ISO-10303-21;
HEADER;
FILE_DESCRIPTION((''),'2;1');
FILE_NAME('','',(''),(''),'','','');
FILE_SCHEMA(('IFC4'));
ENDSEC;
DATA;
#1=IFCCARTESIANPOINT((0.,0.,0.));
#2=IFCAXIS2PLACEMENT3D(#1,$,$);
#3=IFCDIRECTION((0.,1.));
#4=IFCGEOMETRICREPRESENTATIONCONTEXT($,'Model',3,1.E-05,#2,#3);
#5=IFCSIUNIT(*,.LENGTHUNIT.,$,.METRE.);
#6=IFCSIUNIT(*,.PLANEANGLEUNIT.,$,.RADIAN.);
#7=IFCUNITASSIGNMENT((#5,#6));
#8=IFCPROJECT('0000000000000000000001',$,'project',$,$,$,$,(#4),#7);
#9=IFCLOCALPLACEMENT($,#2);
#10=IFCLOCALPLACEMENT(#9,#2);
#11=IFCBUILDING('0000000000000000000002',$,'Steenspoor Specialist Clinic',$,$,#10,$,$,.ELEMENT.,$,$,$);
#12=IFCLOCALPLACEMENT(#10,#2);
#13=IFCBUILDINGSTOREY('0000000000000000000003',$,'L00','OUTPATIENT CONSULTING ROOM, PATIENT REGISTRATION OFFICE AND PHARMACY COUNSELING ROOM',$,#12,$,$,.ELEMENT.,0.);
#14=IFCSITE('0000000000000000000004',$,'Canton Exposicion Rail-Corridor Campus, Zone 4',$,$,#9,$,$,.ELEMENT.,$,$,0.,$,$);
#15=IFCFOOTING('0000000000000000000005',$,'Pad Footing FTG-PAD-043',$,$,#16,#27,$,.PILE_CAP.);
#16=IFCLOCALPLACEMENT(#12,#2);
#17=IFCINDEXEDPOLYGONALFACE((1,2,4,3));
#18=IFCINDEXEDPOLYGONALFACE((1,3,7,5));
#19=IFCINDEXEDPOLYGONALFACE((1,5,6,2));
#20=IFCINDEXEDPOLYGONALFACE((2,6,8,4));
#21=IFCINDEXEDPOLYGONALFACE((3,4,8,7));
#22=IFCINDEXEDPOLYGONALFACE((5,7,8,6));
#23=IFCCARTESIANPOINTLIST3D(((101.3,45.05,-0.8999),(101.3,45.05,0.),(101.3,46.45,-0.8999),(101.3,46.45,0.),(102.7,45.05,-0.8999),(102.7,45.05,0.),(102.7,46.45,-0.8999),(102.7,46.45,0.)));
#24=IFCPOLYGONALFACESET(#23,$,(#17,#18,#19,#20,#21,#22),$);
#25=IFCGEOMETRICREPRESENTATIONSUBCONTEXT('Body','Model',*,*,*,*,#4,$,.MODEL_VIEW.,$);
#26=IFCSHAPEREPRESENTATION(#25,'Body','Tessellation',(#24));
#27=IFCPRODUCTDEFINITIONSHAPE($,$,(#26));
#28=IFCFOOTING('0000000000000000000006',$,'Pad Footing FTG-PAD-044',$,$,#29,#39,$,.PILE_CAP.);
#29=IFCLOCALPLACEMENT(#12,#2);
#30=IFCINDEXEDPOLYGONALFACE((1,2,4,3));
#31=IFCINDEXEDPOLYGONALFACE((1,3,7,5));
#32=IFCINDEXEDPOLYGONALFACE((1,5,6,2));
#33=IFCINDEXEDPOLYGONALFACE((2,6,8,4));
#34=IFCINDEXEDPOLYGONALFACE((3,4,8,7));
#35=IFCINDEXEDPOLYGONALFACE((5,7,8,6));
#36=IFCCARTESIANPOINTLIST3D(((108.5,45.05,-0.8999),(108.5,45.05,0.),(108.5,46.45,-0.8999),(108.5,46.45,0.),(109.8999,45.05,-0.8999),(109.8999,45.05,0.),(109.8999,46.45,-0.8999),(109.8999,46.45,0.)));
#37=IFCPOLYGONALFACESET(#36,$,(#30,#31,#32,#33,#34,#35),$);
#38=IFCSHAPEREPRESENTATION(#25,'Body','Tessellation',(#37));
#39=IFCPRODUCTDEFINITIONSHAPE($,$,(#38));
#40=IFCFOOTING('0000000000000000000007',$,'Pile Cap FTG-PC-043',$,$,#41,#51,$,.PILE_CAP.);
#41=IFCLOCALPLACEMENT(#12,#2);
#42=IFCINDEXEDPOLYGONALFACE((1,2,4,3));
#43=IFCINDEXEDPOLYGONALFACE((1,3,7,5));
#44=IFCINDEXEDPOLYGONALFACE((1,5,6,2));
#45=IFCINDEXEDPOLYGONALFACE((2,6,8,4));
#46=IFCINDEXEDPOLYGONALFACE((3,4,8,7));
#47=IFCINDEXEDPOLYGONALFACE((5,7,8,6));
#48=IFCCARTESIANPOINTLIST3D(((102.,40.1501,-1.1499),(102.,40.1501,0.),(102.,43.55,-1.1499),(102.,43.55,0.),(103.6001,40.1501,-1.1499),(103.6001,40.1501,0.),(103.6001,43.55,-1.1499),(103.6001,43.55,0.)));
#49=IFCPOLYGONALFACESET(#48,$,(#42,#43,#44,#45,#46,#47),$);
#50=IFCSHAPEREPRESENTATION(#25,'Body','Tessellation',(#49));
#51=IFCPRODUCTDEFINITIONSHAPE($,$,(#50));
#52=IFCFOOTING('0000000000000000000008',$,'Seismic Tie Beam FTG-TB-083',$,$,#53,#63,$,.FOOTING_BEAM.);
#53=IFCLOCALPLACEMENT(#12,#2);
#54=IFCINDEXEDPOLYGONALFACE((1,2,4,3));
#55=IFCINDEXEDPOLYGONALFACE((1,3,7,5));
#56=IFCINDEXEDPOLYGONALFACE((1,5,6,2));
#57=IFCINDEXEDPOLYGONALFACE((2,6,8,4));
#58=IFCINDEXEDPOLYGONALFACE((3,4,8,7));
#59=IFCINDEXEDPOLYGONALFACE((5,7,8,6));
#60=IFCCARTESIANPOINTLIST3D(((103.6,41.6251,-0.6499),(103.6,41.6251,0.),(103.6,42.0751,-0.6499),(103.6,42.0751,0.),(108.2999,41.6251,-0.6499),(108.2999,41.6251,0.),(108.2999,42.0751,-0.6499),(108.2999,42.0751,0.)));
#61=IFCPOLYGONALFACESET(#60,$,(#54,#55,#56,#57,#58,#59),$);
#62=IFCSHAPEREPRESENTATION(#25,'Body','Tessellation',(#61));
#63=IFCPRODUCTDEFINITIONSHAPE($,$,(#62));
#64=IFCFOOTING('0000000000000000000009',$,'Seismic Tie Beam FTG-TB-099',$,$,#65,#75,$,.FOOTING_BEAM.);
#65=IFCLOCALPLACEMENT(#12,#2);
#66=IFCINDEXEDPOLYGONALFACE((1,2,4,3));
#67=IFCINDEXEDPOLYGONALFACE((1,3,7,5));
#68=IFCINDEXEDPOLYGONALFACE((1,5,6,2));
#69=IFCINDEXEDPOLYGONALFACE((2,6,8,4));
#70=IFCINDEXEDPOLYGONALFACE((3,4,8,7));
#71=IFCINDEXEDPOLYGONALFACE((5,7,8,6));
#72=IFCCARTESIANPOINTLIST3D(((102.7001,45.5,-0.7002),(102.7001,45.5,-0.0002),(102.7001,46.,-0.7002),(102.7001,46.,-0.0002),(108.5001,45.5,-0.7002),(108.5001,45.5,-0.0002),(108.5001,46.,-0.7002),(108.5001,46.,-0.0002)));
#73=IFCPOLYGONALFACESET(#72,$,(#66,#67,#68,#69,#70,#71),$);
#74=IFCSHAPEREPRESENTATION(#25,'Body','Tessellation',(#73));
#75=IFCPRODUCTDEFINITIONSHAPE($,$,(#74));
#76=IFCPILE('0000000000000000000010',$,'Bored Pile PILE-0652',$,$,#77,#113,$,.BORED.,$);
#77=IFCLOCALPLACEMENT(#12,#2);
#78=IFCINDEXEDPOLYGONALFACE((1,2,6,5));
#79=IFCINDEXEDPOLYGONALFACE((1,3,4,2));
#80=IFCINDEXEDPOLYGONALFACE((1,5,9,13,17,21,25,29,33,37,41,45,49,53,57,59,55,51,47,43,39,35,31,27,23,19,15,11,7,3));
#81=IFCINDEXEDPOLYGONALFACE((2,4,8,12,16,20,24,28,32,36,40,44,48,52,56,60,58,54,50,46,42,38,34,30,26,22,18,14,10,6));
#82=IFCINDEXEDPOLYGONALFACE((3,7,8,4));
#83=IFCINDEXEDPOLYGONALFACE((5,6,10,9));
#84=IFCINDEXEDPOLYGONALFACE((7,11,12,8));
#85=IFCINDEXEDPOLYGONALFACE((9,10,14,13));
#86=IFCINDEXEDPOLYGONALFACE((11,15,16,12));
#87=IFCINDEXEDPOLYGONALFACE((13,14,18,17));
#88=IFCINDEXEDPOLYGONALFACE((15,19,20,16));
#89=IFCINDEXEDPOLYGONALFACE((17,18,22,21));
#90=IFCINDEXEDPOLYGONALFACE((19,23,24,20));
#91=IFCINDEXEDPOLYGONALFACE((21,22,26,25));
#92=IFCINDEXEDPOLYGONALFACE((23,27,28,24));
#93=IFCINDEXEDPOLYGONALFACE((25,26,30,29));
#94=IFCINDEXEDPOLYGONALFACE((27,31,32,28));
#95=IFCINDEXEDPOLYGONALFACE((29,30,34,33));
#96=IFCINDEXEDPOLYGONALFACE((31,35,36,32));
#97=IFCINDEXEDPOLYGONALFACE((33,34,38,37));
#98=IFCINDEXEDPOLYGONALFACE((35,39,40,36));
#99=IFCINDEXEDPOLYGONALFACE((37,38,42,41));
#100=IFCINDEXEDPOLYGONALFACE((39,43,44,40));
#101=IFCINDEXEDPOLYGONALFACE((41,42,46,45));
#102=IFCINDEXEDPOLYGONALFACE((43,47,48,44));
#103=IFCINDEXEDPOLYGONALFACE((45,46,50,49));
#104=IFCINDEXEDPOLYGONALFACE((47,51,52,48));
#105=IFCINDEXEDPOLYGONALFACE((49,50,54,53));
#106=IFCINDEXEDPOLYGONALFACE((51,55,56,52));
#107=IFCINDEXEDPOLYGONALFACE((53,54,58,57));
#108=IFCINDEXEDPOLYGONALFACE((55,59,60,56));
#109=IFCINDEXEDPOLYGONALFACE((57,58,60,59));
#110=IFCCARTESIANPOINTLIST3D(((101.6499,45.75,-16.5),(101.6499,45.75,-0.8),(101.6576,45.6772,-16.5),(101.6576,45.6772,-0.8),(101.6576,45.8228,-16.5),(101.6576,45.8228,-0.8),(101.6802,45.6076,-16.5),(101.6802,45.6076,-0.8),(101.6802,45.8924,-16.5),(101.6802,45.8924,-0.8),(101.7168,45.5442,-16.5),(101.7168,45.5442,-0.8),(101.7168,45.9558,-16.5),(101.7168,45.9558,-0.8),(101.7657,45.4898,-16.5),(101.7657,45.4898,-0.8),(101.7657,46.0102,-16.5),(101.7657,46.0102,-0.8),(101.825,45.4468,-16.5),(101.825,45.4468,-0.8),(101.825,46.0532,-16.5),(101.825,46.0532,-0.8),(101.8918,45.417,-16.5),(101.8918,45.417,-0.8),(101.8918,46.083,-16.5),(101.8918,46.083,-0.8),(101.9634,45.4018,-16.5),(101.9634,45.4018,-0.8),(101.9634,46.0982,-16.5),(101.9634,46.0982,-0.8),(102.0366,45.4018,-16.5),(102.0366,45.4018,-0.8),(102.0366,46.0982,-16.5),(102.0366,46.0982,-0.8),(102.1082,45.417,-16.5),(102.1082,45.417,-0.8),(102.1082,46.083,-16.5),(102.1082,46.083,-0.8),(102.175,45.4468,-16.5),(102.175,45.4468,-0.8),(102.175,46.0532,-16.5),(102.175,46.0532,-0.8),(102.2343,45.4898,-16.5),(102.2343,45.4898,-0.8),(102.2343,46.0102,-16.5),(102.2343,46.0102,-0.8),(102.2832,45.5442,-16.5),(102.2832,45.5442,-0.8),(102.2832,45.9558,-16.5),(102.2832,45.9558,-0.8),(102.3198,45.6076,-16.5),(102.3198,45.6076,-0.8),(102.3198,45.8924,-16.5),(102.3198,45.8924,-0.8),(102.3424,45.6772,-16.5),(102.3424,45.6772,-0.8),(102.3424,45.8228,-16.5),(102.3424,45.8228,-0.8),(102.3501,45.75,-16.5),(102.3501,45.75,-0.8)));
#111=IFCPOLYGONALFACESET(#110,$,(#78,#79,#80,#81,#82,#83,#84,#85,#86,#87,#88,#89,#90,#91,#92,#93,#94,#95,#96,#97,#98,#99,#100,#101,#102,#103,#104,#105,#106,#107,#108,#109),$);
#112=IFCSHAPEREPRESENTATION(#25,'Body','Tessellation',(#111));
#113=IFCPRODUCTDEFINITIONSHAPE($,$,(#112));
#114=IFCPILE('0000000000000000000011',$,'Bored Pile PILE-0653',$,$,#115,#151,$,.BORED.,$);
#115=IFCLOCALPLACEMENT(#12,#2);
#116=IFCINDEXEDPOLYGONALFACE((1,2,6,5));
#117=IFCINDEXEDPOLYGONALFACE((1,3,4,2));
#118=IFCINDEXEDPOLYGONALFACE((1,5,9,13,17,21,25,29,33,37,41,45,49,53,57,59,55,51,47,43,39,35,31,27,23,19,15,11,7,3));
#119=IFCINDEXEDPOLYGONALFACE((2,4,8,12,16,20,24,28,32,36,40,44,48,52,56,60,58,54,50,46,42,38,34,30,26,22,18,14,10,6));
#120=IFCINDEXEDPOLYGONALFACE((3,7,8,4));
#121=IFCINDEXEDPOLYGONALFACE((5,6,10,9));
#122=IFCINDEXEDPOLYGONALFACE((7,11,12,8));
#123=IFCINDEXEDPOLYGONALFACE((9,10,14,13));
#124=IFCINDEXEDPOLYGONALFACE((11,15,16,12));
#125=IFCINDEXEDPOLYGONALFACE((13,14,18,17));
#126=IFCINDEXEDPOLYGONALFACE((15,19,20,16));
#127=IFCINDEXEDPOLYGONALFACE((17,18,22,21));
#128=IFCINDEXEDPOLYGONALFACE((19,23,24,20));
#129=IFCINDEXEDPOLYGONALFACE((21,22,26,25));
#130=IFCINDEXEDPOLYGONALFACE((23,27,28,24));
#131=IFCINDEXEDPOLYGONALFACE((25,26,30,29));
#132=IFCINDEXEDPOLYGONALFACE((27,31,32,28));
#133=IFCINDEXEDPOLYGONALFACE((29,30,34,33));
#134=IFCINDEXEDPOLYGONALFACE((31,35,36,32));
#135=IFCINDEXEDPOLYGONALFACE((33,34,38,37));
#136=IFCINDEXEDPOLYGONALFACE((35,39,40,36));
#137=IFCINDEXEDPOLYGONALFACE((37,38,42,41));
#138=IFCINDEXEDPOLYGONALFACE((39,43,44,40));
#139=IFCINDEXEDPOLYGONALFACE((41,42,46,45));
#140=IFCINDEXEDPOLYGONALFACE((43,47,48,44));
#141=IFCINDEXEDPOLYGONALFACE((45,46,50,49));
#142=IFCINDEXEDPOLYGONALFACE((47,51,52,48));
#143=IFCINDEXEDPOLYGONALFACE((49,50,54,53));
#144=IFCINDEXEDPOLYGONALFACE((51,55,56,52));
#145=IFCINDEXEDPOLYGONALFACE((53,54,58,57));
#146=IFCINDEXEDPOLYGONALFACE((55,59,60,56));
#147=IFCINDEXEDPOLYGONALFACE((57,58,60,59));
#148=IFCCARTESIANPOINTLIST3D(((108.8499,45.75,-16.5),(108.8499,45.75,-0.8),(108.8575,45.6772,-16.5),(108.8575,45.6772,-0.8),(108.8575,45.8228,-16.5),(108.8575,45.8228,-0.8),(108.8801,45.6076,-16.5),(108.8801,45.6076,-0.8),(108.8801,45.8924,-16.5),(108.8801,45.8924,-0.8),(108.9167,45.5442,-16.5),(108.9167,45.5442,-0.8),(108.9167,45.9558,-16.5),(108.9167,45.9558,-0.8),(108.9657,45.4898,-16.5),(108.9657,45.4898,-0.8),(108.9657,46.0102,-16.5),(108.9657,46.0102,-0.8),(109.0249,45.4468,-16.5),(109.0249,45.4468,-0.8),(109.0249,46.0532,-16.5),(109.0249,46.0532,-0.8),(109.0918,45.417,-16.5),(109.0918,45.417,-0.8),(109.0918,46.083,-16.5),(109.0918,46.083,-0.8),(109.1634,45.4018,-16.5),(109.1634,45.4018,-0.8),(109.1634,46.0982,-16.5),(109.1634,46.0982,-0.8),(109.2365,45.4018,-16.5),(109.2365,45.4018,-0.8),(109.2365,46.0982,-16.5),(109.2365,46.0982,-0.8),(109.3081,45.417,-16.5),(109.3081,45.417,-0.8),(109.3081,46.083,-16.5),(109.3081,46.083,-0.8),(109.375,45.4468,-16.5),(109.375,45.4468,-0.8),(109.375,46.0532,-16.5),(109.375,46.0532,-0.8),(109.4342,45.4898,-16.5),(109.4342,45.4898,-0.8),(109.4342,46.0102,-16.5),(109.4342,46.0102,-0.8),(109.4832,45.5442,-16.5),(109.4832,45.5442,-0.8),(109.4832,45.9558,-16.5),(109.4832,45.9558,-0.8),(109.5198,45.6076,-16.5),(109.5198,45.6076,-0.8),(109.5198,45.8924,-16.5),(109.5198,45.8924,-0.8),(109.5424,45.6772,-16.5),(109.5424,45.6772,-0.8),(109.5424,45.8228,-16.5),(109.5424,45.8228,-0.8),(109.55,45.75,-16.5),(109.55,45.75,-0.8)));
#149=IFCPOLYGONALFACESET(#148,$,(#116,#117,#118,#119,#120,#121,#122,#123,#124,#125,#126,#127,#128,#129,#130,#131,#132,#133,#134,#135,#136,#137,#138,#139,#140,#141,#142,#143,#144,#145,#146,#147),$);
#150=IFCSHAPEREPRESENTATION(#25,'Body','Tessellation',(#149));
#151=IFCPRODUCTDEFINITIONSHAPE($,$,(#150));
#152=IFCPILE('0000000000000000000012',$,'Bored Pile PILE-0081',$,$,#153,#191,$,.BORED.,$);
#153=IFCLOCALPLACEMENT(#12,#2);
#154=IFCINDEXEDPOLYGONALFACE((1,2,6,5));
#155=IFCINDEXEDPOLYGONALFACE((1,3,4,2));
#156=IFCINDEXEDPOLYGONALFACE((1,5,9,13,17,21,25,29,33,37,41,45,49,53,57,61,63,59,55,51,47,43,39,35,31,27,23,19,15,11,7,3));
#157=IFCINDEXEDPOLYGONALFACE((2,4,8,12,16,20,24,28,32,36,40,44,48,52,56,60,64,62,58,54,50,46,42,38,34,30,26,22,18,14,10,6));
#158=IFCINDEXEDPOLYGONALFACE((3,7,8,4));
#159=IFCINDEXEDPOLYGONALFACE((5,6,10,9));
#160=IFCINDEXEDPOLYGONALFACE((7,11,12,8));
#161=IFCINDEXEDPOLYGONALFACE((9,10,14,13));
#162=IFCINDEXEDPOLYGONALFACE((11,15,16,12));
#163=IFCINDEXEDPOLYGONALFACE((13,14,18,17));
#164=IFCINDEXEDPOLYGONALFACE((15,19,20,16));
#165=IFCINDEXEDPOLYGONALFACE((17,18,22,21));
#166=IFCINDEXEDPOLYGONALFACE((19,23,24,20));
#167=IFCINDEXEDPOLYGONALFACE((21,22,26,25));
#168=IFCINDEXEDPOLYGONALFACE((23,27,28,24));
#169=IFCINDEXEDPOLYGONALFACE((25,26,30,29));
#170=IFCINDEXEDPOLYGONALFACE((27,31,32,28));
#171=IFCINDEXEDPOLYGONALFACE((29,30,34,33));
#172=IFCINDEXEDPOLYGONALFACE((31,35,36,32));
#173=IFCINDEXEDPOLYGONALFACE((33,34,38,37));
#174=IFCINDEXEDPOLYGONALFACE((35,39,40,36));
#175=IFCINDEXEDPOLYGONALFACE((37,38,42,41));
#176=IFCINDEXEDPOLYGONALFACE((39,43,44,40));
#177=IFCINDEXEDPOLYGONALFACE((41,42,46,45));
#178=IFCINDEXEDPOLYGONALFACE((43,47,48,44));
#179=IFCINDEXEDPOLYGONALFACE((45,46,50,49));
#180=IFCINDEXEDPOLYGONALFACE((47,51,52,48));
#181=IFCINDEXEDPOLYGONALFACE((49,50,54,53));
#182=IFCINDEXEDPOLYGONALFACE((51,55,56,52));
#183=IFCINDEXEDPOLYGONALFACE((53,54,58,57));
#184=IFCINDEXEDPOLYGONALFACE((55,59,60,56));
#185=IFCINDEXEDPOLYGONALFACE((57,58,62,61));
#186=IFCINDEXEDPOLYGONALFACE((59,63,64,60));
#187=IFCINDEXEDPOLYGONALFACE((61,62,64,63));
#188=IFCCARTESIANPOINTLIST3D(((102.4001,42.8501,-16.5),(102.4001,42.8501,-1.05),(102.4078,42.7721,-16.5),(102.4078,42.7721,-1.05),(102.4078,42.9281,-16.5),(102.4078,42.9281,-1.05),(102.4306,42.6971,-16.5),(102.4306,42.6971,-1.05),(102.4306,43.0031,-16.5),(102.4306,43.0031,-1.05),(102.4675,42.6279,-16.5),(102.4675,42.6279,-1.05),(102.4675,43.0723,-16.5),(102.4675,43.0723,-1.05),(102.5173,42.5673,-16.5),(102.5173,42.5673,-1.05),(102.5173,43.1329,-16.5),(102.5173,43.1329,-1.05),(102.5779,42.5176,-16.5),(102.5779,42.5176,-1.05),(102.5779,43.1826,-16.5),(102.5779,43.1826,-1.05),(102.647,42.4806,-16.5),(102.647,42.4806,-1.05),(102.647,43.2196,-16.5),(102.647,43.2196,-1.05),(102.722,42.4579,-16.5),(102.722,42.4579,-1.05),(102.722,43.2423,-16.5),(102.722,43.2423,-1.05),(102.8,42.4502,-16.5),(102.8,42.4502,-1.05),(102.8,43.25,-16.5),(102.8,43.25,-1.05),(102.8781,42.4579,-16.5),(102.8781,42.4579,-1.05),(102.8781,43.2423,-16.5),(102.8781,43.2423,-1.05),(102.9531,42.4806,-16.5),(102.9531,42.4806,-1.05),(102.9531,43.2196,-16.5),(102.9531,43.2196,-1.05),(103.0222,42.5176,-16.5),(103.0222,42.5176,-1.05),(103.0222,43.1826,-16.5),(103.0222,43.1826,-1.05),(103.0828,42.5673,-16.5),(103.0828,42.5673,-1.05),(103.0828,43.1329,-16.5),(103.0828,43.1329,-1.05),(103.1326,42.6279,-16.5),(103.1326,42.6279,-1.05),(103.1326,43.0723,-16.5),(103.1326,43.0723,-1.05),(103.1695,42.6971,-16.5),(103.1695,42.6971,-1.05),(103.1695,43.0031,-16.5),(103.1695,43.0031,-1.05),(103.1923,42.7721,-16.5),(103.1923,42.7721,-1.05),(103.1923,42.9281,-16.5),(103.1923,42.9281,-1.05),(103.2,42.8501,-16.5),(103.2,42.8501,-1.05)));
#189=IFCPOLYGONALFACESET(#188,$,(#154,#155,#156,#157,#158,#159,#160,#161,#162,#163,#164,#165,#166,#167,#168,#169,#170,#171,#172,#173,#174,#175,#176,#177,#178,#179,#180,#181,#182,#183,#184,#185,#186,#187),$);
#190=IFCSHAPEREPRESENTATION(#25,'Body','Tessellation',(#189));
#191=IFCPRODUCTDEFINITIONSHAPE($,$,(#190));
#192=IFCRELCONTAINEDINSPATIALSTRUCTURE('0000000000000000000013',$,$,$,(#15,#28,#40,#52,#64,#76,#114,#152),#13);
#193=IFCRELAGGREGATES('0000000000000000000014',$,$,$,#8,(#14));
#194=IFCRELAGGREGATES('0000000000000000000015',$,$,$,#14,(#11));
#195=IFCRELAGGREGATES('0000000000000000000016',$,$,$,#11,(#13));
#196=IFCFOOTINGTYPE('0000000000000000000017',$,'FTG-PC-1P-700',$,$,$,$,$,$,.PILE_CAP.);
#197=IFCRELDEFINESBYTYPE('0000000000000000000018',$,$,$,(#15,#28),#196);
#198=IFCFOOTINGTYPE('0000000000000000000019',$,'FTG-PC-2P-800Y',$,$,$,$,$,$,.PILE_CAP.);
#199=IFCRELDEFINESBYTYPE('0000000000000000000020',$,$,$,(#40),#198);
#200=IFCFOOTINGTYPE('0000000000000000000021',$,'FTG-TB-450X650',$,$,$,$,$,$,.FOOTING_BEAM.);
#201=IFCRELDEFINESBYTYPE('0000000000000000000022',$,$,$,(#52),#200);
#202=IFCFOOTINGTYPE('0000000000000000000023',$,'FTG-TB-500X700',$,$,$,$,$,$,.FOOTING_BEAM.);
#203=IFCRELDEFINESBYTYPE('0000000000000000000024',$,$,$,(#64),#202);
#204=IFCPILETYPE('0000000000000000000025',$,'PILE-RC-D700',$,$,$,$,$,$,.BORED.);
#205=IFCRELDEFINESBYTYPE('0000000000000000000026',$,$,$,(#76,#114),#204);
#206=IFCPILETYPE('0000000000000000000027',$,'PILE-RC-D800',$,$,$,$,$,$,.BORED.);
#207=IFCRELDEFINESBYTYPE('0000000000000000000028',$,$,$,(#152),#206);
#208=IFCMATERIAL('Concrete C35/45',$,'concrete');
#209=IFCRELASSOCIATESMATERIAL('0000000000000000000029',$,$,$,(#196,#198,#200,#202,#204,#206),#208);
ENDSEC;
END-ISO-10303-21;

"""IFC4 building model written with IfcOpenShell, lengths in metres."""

from ifc_helpers import new_model, si_unit, direction, frame, origin, origin_2d, place, context, subcontext, project, spatial, rectangle, circle, extrude, material, material_profile, profile_set, type_object, element, save


model = new_model("IFC4")

# Units and contexts
model_context = context("Model", 3, precision=1e-05, world=origin(), true_north=direction((0.0, 1.0)))
body_context = subcontext(model_context, "Body", "Model", "MODEL_VIEW")
ifc_project = project(units=[si_unit("LENGTHUNIT", "METRE"), si_unit("PLANEANGLEUNIT", "RADIAN")], contexts=[model_context])

# Site, building, storey
site_placement = place(None, origin())
site = spatial("IfcSite", under=ifc_project, at=site_placement, Name="Canton Exposicion Rail-Corridor Campus, Zone 4", CompositionType="ELEMENT", RefElevation=0.0)
building_placement = place(site_placement, origin())
building = spatial("IfcBuilding", under=site, at=building_placement, Name="Steenspoor Specialist Clinic", CompositionType="ELEMENT")
storey_placement = place(building_placement, origin())
storey = spatial("IfcBuildingStorey", under=building, at=storey_placement, Name="L00", Description="OUTPATIENT CONSULTING ROOM, PATIENT REGISTRATION OFFICE AND PHARMACY COUNSELING ROOM", CompositionType="ELEMENT", Elevation=0.0)

# Footings
ifc_material_1 = material(Name="Concrete C35/45", Category="concrete")
footing_type_1 = type_object("IfcFootingType", Name="FTG-PC-1P-700", PredefinedType="PILE_CAP", material=ifc_material_1)
for number, where, z_axis, x_axis, name in (
    (1, (102.0, 45.75, -0.8999), (0.0, 0.0, 1.0), (1.0, 0.0, 0.0), "Pad Footing FTG-PAD-043"),
    (2, (109.2, 45.75, -0.8999), (0.0, 0.0, 1.0), (1.0, 0.0, 0.0), "Pad Footing FTG-PAD-044"),
):
    element("IfcFooting", number, at=place(storey_placement, frame(where, z_axis=z_axis, x_axis=x_axis)), inside=storey, type_object=footing_type_1, Name=name, PredefinedType="PILE_CAP", context=body_context, shape_type="SweptSolid", body=[
        extrude(rectangle(XDim=1.3999, YDim=1.3999, at=origin_2d()), origin(), (0.0, 0.0, 1.0), 0.8999),
    ])
footing_type_2 = type_object("IfcFootingType", Name="FTG-PC-2P-800Y", PredefinedType="PILE_CAP", material=ifc_material_1)
footing_1_placement = place(storey_placement, frame((102.8, 41.8501, -1.1499), z_axis=(0.0, 0.0, 1.0), x_axis=(1.0, 0.0, 0.0)))
element("IfcFooting", 3, at=footing_1_placement, inside=storey, type_object=footing_type_2, Name="Pile Cap FTG-PC-043", PredefinedType="PILE_CAP", context=body_context, shape_type="SweptSolid", body=[
    extrude(rectangle(XDim=1.6001, YDim=3.3999, at=origin_2d()), origin(), (0.0, 0.0, 1.0), 1.1499),
])
footing_type_3 = type_object("IfcFootingType", Name="FTG-TB-450X650", PredefinedType="FOOTING_BEAM", material=ifc_material_1)
footing_2_placement = place(storey_placement, frame((105.95, 41.8501, -0.6499), z_axis=(0.0, 0.0, 1.0), x_axis=(1.0, 0.0, 0.0)))
element("IfcFooting", 4, at=footing_2_placement, inside=storey, type_object=footing_type_3, Name="Seismic Tie Beam FTG-TB-083", PredefinedType="FOOTING_BEAM", context=body_context, shape_type="SweptSolid", body=[
    extrude(rectangle(XDim=4.7, YDim=0.45, at=origin_2d()), origin(), (0.0, 0.0, 1.0), 0.6499),
])
footing_type_4 = type_object("IfcFootingType", Name="FTG-TB-500X700", PredefinedType="FOOTING_BEAM", material=ifc_material_1)
footing_3_placement = place(storey_placement, frame((105.6001, 45.75, -0.7002), z_axis=(0.0, 0.0, 1.0), x_axis=(1.0, 0.0, 0.0)))
element("IfcFooting", 5, at=footing_3_placement, inside=storey, type_object=footing_type_4, Name="Seismic Tie Beam FTG-TB-099", PredefinedType="FOOTING_BEAM", context=body_context, shape_type="SweptSolid", body=[
    extrude(rectangle(XDim=5.8, YDim=0.5, at=origin_2d()), origin(), (0.0, 0.0, 1.0), 0.7),
])

# Piles
ifc_material_profile_1 = material_profile(ifc_material_1, circle(Radius=0.3501, at=origin_2d()), Name="PILE-D700")
ifc_profile_set_1 = profile_set([ifc_material_profile_1], Name="Concrete C35/45")
pile_type_1 = type_object("IfcPileType", Name="PILE-RC-D700", PredefinedType="BORED", material=ifc_profile_set_1)
for number, where, z_axis, x_axis, name in (
    (6, (102.0, 45.75, -0.8), (0.0, 0.0, -1.0), (1.0, 0.0, 0.0), "Bored Pile PILE-0652"),
    (7, (109.2, 45.75, -0.8), (0.0, 0.0, -1.0), (1.0, 0.0, 0.0), "Bored Pile PILE-0653"),
):
    element("IfcPile", number, at=place(storey_placement, frame(where, z_axis=z_axis, x_axis=x_axis)), inside=storey, type_object=pile_type_1, Name=name, PredefinedType="BORED", context=body_context, shape_type="SweptSolid", body=[
        extrude(circle(Radius=0.3501, at=origin_2d()), origin(), (0.0, 0.0, 1.0), 15.7),
    ])
ifc_material_profile_2 = material_profile(ifc_material_1, circle(Radius=0.3999, at=origin_2d()), Name="PILE-D800")
ifc_profile_set_2 = profile_set([ifc_material_profile_2], Name="Concrete C35/45")
pile_type_2 = type_object("IfcPileType", Name="PILE-RC-D800", PredefinedType="BORED", material=ifc_profile_set_2)
pile_1_placement = place(storey_placement, frame((102.8, 42.8501, -1.05), z_axis=(0.0, 0.0, -1.0), x_axis=(1.0, 0.0, 0.0)))
element("IfcPile", 8, at=pile_1_placement, inside=storey, type_object=pile_type_2, Name="Bored Pile PILE-0081", PredefinedType="BORED", context=body_context, shape_type="SweptSolid", body=[
    extrude(circle(Radius=0.3999, at=origin_2d()), origin(), (0.0, 0.0, 1.0), 15.45),
])

save(model, "model.ifc")
